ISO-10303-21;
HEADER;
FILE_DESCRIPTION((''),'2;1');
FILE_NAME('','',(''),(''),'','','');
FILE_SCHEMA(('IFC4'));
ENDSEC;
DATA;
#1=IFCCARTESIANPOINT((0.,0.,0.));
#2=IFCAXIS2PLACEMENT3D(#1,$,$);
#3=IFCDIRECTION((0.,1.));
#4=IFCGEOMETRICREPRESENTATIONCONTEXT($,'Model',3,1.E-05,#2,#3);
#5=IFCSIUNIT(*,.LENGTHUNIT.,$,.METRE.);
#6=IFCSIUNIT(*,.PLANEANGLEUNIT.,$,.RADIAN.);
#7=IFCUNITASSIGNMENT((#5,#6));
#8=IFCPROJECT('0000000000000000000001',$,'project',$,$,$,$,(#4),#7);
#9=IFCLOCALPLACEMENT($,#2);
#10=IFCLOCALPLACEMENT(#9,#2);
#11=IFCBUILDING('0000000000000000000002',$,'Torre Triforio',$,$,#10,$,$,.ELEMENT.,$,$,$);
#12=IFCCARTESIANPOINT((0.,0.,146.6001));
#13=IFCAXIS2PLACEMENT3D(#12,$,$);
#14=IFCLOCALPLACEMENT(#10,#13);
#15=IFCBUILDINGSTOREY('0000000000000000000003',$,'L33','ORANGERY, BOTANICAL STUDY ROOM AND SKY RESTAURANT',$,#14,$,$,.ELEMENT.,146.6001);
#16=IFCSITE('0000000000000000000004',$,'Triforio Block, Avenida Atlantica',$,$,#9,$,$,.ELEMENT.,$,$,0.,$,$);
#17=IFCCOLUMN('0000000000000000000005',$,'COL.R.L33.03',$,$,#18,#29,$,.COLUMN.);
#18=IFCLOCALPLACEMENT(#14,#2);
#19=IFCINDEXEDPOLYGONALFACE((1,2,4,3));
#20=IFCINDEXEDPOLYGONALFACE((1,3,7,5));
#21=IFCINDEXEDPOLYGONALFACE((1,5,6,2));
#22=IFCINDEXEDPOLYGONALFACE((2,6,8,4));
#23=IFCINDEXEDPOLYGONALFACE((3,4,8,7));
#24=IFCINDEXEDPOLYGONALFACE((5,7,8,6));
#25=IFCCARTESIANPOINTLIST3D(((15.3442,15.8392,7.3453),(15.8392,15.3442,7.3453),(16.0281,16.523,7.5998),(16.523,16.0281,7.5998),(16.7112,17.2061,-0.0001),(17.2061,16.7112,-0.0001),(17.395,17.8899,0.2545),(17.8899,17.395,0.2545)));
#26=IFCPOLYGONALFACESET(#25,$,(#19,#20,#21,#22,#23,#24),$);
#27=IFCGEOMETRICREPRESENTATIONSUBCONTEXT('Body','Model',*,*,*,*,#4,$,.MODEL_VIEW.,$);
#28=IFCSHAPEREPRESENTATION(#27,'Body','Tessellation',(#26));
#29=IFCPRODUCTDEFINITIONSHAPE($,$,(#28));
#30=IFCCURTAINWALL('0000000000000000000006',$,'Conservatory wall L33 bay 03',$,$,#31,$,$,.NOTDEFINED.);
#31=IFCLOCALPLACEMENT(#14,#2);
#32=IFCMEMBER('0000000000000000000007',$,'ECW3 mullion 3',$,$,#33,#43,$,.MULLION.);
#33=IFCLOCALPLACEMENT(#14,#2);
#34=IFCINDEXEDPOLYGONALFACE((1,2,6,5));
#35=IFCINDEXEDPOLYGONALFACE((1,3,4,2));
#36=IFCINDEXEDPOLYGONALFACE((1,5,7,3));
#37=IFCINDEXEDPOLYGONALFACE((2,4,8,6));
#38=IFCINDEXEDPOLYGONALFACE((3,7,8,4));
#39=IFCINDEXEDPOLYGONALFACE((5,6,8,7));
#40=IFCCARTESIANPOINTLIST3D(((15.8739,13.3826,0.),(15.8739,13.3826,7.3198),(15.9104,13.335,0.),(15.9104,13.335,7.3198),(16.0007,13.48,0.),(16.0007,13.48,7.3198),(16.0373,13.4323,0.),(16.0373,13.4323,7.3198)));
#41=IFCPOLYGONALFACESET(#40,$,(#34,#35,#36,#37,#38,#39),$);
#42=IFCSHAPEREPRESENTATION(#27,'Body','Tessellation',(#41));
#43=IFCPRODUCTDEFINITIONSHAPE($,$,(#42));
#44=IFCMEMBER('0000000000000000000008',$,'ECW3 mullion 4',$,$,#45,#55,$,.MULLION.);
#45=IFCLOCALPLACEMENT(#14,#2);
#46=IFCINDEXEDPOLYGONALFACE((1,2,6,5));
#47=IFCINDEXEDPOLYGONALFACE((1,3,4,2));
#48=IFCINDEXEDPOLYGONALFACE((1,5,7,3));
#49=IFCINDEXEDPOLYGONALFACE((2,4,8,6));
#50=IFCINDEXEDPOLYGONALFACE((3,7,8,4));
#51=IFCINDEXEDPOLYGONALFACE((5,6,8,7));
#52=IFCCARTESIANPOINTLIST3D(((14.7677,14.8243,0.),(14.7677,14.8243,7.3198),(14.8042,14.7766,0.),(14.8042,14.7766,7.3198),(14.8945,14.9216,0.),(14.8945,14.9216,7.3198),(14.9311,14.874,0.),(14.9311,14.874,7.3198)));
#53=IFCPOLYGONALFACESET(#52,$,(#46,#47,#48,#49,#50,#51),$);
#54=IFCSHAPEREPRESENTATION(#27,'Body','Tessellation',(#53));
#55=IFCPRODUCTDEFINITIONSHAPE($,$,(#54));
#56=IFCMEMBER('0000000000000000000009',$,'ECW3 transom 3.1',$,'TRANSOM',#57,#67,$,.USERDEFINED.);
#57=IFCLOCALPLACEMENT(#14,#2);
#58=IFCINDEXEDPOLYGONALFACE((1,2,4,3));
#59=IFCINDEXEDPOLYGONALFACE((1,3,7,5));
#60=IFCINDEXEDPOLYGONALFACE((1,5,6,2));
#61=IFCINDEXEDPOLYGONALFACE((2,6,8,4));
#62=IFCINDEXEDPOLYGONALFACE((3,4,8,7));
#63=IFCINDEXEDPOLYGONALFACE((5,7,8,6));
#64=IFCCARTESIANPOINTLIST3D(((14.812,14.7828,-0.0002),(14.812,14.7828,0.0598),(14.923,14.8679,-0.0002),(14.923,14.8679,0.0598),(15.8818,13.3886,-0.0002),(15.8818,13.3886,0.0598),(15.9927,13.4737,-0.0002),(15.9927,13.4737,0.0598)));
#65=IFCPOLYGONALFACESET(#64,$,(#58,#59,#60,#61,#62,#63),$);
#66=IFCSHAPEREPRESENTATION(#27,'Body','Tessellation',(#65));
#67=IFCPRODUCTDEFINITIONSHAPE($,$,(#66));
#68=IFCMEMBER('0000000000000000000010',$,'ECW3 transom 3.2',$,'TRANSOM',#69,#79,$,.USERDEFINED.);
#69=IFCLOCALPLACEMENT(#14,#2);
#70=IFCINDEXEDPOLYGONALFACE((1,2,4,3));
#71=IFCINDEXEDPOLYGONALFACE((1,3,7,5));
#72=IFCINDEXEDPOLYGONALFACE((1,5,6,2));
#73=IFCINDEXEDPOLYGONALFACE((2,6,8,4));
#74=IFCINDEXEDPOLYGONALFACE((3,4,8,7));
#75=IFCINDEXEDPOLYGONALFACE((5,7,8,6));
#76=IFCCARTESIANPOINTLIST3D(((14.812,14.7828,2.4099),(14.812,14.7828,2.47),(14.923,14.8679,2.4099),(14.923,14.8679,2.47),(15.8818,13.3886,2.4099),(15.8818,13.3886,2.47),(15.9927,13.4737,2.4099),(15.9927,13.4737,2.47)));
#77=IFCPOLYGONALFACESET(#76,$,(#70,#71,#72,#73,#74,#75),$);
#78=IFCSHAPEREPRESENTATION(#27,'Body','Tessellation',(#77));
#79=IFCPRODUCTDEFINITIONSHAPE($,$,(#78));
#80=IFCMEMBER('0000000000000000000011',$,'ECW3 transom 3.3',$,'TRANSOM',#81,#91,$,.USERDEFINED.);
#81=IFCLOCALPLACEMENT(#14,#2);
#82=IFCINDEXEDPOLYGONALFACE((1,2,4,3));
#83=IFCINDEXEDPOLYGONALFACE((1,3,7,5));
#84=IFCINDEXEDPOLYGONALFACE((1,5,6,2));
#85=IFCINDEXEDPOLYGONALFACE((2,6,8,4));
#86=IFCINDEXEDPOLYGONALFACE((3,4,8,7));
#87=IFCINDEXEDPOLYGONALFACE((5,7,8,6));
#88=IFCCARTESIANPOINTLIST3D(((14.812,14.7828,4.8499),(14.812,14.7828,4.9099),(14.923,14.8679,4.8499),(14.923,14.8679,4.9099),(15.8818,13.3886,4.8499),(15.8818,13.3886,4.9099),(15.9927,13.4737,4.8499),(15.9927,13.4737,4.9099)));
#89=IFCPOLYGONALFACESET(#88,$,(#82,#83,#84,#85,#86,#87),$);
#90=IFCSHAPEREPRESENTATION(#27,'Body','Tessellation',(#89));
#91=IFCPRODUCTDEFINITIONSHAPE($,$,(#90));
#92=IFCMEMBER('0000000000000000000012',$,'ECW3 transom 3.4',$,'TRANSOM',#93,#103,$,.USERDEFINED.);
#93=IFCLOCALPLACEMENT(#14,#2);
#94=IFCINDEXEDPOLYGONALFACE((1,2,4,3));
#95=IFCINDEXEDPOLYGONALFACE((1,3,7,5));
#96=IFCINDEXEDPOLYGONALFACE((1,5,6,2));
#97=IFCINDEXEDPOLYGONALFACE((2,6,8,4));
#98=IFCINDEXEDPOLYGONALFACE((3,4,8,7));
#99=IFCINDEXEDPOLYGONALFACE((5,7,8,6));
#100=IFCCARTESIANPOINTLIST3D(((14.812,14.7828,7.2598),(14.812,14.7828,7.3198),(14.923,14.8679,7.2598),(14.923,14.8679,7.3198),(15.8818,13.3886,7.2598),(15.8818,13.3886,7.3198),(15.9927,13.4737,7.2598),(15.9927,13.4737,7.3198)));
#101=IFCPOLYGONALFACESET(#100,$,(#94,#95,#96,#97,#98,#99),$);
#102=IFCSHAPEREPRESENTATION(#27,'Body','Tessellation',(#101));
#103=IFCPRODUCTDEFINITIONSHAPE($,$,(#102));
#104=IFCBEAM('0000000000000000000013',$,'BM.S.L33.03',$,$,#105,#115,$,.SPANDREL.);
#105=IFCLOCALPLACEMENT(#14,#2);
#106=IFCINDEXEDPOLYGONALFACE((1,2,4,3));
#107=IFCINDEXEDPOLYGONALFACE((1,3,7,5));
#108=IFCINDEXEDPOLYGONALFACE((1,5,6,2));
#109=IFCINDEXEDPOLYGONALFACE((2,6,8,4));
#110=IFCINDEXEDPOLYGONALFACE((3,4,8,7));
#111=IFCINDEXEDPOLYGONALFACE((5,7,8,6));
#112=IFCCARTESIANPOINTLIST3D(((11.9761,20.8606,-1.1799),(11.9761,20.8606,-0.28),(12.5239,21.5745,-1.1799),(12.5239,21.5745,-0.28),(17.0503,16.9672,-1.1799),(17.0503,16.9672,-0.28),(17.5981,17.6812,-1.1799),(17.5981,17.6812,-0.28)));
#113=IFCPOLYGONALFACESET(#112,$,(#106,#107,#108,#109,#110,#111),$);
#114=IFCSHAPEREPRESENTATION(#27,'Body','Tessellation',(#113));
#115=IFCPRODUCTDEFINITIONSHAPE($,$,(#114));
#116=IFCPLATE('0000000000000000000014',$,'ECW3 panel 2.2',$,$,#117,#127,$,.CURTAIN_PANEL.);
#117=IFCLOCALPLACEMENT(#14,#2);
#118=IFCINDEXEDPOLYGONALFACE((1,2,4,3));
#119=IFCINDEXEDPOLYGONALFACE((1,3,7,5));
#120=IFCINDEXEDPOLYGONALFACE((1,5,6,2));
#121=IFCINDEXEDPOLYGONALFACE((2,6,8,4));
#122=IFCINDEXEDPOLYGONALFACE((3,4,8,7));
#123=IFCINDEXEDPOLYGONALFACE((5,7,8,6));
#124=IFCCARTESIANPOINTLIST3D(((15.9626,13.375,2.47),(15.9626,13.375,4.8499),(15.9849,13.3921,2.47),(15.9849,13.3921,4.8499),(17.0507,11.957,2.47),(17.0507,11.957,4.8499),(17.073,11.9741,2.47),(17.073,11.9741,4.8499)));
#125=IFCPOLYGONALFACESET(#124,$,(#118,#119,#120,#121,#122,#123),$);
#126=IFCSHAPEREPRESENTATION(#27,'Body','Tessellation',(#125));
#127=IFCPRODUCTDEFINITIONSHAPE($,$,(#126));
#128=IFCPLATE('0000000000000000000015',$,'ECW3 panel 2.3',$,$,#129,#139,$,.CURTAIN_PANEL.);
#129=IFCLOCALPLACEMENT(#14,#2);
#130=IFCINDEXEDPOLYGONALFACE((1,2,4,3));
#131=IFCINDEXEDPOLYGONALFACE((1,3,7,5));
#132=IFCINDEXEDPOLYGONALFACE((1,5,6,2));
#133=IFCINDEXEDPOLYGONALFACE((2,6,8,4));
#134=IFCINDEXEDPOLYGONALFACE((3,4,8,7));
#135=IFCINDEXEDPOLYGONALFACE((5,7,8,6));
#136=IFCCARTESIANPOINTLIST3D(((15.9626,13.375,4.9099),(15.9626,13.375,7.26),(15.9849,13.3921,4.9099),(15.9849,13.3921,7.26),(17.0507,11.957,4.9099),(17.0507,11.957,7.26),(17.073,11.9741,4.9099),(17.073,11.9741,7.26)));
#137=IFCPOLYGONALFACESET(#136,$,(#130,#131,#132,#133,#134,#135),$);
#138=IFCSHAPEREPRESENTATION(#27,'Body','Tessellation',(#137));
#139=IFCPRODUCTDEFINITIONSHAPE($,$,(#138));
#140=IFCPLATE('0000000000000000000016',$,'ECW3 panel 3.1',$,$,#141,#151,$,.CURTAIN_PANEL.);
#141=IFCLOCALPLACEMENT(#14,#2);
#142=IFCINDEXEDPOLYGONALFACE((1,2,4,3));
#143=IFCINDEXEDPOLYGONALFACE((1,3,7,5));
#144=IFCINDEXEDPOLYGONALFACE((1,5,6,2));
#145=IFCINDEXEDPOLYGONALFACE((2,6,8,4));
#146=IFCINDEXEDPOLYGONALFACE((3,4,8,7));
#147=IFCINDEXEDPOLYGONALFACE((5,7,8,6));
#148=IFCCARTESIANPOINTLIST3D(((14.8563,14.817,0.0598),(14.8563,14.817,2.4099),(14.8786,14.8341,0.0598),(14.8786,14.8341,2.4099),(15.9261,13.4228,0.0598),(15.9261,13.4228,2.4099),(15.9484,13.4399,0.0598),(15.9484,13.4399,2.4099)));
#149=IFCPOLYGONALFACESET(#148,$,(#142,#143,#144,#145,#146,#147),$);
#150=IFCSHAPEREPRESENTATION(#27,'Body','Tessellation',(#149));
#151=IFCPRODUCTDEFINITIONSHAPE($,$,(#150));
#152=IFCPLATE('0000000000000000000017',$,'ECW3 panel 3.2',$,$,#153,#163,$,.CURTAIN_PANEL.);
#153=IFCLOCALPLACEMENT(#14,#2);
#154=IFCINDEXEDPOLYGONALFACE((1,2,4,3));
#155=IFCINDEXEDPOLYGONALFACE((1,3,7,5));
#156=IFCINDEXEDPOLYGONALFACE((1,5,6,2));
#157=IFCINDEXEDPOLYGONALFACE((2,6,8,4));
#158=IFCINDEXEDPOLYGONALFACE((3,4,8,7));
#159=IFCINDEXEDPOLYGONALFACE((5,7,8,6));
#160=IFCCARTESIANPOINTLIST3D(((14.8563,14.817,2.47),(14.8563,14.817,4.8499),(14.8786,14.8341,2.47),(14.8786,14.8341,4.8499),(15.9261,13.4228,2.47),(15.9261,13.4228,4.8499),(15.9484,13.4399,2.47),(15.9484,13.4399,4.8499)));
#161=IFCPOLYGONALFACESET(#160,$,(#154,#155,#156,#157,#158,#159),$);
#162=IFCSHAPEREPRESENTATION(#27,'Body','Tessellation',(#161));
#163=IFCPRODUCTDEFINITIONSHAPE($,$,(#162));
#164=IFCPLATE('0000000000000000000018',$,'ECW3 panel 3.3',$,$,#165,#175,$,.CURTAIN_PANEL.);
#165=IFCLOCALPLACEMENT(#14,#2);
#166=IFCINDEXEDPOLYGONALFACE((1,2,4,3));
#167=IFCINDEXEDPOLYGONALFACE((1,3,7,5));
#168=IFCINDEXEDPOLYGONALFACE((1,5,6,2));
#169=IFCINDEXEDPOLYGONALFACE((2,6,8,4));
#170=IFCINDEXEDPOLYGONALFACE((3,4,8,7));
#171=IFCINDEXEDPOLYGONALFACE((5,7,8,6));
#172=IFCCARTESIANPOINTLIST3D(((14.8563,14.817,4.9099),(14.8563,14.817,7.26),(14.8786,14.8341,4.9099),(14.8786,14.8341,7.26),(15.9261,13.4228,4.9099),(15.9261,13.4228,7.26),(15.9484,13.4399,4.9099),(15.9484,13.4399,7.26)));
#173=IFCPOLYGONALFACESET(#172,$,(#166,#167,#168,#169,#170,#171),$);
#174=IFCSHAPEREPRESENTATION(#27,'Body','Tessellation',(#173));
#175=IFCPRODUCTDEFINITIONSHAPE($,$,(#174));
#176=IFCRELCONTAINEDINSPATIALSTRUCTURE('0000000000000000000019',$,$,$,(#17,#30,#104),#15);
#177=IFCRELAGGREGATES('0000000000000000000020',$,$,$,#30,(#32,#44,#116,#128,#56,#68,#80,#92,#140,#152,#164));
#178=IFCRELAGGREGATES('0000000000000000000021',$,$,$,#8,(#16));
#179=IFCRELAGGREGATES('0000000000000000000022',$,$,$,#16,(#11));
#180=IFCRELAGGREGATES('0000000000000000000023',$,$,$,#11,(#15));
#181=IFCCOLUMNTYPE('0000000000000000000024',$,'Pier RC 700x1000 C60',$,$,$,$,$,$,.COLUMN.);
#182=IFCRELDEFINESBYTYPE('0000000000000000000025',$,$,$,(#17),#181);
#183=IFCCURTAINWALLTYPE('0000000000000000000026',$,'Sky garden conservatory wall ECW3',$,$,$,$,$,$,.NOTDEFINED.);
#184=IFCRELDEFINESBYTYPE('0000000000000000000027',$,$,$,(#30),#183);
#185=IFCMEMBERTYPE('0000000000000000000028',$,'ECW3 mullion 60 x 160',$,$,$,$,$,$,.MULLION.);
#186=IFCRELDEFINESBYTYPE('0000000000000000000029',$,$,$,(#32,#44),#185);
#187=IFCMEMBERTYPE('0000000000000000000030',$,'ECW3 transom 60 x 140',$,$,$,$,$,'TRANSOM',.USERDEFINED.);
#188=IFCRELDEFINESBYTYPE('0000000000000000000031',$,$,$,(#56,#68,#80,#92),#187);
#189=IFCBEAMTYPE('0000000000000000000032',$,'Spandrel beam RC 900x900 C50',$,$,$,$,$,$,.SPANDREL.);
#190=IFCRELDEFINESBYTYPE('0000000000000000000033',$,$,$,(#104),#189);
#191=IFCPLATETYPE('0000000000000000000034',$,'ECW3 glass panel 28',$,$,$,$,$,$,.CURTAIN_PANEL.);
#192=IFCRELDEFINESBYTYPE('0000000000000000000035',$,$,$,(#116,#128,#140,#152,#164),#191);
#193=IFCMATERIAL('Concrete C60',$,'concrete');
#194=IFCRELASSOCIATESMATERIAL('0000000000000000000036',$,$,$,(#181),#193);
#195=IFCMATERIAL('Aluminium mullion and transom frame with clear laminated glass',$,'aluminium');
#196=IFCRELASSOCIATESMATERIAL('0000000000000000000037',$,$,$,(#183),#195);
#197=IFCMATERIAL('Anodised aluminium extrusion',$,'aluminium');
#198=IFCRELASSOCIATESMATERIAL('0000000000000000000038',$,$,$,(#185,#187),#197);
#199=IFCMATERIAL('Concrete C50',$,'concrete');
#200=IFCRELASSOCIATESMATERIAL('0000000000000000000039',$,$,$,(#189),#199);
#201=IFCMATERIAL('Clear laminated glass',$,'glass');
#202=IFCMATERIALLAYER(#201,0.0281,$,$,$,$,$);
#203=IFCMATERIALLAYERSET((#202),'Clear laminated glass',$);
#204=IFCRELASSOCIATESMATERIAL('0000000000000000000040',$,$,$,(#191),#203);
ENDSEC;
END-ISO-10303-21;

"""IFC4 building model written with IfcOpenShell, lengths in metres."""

from ifc_helpers import new_model, si_unit, direction, frame, origin, origin_2d, place, context, subcontext, project, spatial, rectangle, extrude, material, layer, layer_set, material_profile, profile_set, type_object, element, aggregate, save


model = new_model("IFC4")

# Units and contexts
model_context = context("Model", 3, precision=1e-05, world=origin(), true_north=direction((0.0, 1.0)))
body_context = subcontext(model_context, "Body", "Model", "MODEL_VIEW")
ifc_project = project(units=[si_unit("LENGTHUNIT", "METRE"), si_unit("PLANEANGLEUNIT", "RADIAN")], contexts=[model_context])

# Site, building, storey
site_placement = place(None, origin())
site = spatial("IfcSite", under=ifc_project, at=site_placement, Name="Triforio Block, Avenida Atlantica", CompositionType="ELEMENT", RefElevation=0.0)
building_placement = place(site_placement, origin())
building = spatial("IfcBuilding", under=site, at=building_placement, Name="Torre Triforio", CompositionType="ELEMENT")
storey_placement = place(building_placement, frame((0.0, 0.0, 146.6001)))
storey = spatial("IfcBuildingStorey", under=building, at=storey_placement, Name="L33", Description="ORANGERY, BOTANICAL STUDY ROOM AND SKY RESTAURANT", CompositionType="ELEMENT", Elevation=146.6001)

# Column
ifc_material_1 = material(Name="Concrete C60", Category="concrete")
ifc_material_profile_1 = material_profile(ifc_material_1, rectangle(XDim=0.7, YDim=1.0, at=origin_2d()), Name="RC 700x1000")
ifc_profile_set_1 = profile_set([ifc_material_profile_1], Name="Concrete C60")
column_type = type_object("IfcColumnType", Name="Pier RC 700x1000 C60", PredefinedType="COLUMN", material=ifc_profile_set_1)
column_placement = place(storey_placement, frame((17.3005, 17.3005, 0.1272), z_axis=(-0.179966, -0.179966, 0.96707), x_axis=(0.707107, -0.707107, 0.0)))
element("IfcColumn", 1, at=column_placement, inside=storey, type_object=column_type, Name="COL.R.L33.03", PredefinedType="COLUMN", context=body_context, shape_type="SweptSolid", body=[
    extrude(rectangle(XDim=0.7, YDim=1.0, at=origin_2d()), origin(), (0.0, 0.0, 1.0), 7.5955),
])

# Curtain wall, members
ifc_material_2 = material(Name="Aluminium mullion and transom frame with clear laminated glass", Category="aluminium")
curtain_wall_type = type_object("IfcCurtainWallType", Name="Sky garden conservatory wall ECW3", PredefinedType="NOTDEFINED", material=ifc_material_2)
curtain_wall_placement = place(storey_placement, origin())
curtain_wall = element("IfcCurtainWall", 2, at=curtain_wall_placement, inside=storey, type_object=curtain_wall_type, Name="Conservatory wall L33 bay 03", PredefinedType="NOTDEFINED")
ifc_material_3 = material(Name="Anodised aluminium extrusion", Category="aluminium")
ifc_material_profile_2 = material_profile(ifc_material_3, rectangle(XDim=0.1599, YDim=0.0601, at=origin_2d()), Name="ECW3 MULLION 60x160")
ifc_profile_set_2 = profile_set([ifc_material_profile_2], Name="Anodised aluminium extrusion")
member_type_1 = type_object("IfcMemberType", Name="ECW3 mullion 60 x 160", PredefinedType="MULLION", material=ifc_profile_set_2)
member_1_placement = place(storey_placement, frame((15.9556, 13.4075, 0.0), z_axis=(0.0, 0.0, 1.0), x_axis=(-0.793352, -0.608763, 0.0)))
member_1 = element("IfcMember", 3, at=member_1_placement, type_object=member_type_1, Name="ECW3 mullion 3", PredefinedType="MULLION", context=body_context, shape_type="SweptSolid", body=[
    extrude(rectangle(XDim=0.1599, YDim=0.0601, at=origin_2d()), origin(), (0.0, 0.0, 1.0), 7.3198),
])
member_2_placement = place(storey_placement, frame((14.8494, 14.8491, 0.0), z_axis=(0.0, 0.0, 1.0), x_axis=(-0.793352, -0.608763, 0.0)))
member_2 = element("IfcMember", 4, at=member_2_placement, type_object=member_type_1, Name="ECW3 mullion 4", PredefinedType="MULLION", context=body_context, shape_type="SweptSolid", body=[
    extrude(rectangle(XDim=0.1599, YDim=0.0601, at=origin_2d()), origin(), (0.0, 0.0, 1.0), 7.3198),
])
ifc_material_profile_3 = material_profile(ifc_material_3, rectangle(XDim=0.1399, YDim=0.0601, at=origin_2d()), Name="ECW3 TRANSOM 60x140")
ifc_profile_set_3 = profile_set([ifc_material_profile_3], Name="Anodised aluminium extrusion")
member_type_2 = type_object("IfcMemberType", Name="ECW3 transom 60 x 140", ElementType="TRANSOM", PredefinedType="USERDEFINED", material=ifc_profile_set_3)
member_3_placement = place(storey_placement, frame((15.9373, 13.4312, 0.0298), z_axis=(-0.608744, 0.793367, 0.0), x_axis=(-0.793367, -0.608744, 0.0)))
member_3 = element("IfcMember", 5, at=member_3_placement, type_object=member_type_2, Name="ECW3 transom 3.1", ObjectType="TRANSOM", PredefinedType="USERDEFINED", context=body_context, shape_type="SweptSolid", body=[
    extrude(rectangle(XDim=0.1399, YDim=0.0601, at=origin_2d()), origin(), (0.0, 0.0, 1.0), 1.7573),
])
member_4_placement = place(storey_placement, frame((15.9373, 13.4312, 2.4399), z_axis=(-0.608744, 0.793367, 0.0), x_axis=(-0.793367, -0.608744, 0.0)))
member_4 = element("IfcMember", 6, at=member_4_placement, type_object=member_type_2, Name="ECW3 transom 3.2", ObjectType="TRANSOM", PredefinedType="USERDEFINED", context=body_context, shape_type="SweptSolid", body=[
    extrude(rectangle(XDim=0.1399, YDim=0.0601, at=origin_2d()), origin(), (0.0, 0.0, 1.0), 1.7573),
])
member_5_placement = place(storey_placement, frame((15.9373, 13.4312, 4.8799), z_axis=(-0.608744, 0.793367, 0.0), x_axis=(-0.793367, -0.608744, 0.0)))
member_5 = element("IfcMember", 7, at=member_5_placement, type_object=member_type_2, Name="ECW3 transom 3.3", ObjectType="TRANSOM", PredefinedType="USERDEFINED", context=body_context, shape_type="SweptSolid", body=[
    extrude(rectangle(XDim=0.1399, YDim=0.0601, at=origin_2d()), origin(), (0.0, 0.0, 1.0), 1.7573),
])
member_6_placement = place(storey_placement, frame((15.9373, 13.4312, 7.2898), z_axis=(-0.608744, 0.793367, 0.0), x_axis=(-0.793367, -0.608744, 0.0)))
member_6 = element("IfcMember", 8, at=member_6_placement, type_object=member_type_2, Name="ECW3 transom 3.4", ObjectType="TRANSOM", PredefinedType="USERDEFINED", context=body_context, shape_type="SweptSolid", body=[
    extrude(rectangle(XDim=0.1399, YDim=0.0601, at=origin_2d()), origin(), (0.0, 0.0, 1.0), 1.7573),
])

# Beam
ifc_material_4 = material(Name="Concrete C50", Category="concrete")
ifc_material_profile_4 = material_profile(ifc_material_4, rectangle(XDim=0.8999, YDim=0.8999, at=origin_2d()), Name="RC 900x900")
ifc_profile_set_4 = profile_set([ifc_material_profile_4], Name="Concrete C50")
beam_type = type_object("IfcBeamType", Name="Spandrel beam RC 900x900 C50", PredefinedType="SPANDREL", material=ifc_profile_set_4)
beam_placement = place(storey_placement, frame((17.3242, 17.3242, -0.73), z_axis=(-0.793374, 0.608734, 0.0), x_axis=(-0.608734, -0.793374, 0.0)))
element("IfcBeam", 9, at=beam_placement, inside=storey, type_object=beam_type, Name="BM.S.L33.03", PredefinedType="SPANDREL", context=body_context, shape_type="SweptSolid", body=[
    extrude(rectangle(XDim=0.8999, YDim=0.8999, at=origin_2d()), origin(), (0.0, 0.0, 1.0), 6.3958),
])

# Plates
ifc_material_5 = material(Name="Clear laminated glass", Category="glass")
ifc_layer_1 = layer(ifc_material_5, 0.0281)
ifc_layer_set_1 = layer_set([ifc_layer_1], Name="Clear laminated glass")
plate_type = type_object("IfcPlateType", Name="ECW3 glass panel 28", PredefinedType="CURTAIN_PANEL", material=ifc_layer_set_1)
plate_1_placement = place(storey_placement, frame((16.5178, 12.6746, 2.47), z_axis=(0.0, 0.0, 1.0), x_axis=(-0.608763, 0.793352, 0.0)))
plate_1 = element("IfcPlate", 10, at=plate_1_placement, type_object=plate_type, Name="ECW3 panel 2.2", PredefinedType="CURTAIN_PANEL", context=body_context, shape_type="SweptSolid", body=[
    extrude(rectangle(XDim=1.7874, YDim=0.0281, at=origin_2d()), origin(), (0.0, 0.0, 1.0), 2.3799),
])
plate_2_placement = place(storey_placement, frame((16.5178, 12.6746, 4.9099), z_axis=(0.0, 0.0, 1.0), x_axis=(-0.608763, 0.793352, 0.0)))
plate_2 = element("IfcPlate", 11, at=plate_2_placement, type_object=plate_type, Name="ECW3 panel 2.3", PredefinedType="CURTAIN_PANEL", context=body_context, shape_type="SweptSolid", body=[
    extrude(rectangle(XDim=1.7874, YDim=0.0281, at=origin_2d()), origin(), (0.0, 0.0, 1.0), 2.3501),
])
plate_3_placement = place(storey_placement, frame((15.4023, 14.1284, 0.0598), z_axis=(0.0, 0.0, 1.0), x_axis=(-0.608763, 0.793352, 0.0)))
plate_3 = element("IfcPlate", 12, at=plate_3_placement, type_object=plate_type, Name="ECW3 panel 3.1", PredefinedType="CURTAIN_PANEL", context=body_context, shape_type="SweptSolid", body=[
    extrude(rectangle(XDim=1.7573, YDim=0.0281, at=origin_2d()), origin(), (0.0, 0.0, 1.0), 2.3501),
])
plate_4_placement = place(storey_placement, frame((15.4023, 14.1284, 2.47), z_axis=(0.0, 0.0, 1.0), x_axis=(-0.608763, 0.793352, 0.0)))
plate_4 = element("IfcPlate", 13, at=plate_4_placement, type_object=plate_type, Name="ECW3 panel 3.2", PredefinedType="CURTAIN_PANEL", context=body_context, shape_type="SweptSolid", body=[
    extrude(rectangle(XDim=1.7573, YDim=0.0281, at=origin_2d()), origin(), (0.0, 0.0, 1.0), 2.3799),
])
plate_5_placement = place(storey_placement, frame((15.4023, 14.1284, 4.9099), z_axis=(0.0, 0.0, 1.0), x_axis=(-0.608763, 0.793352, 0.0)))
plate_5 = element("IfcPlate", 14, at=plate_5_placement, type_object=plate_type, Name="ECW3 panel 3.3", PredefinedType="CURTAIN_PANEL", context=body_context, shape_type="SweptSolid", body=[
    extrude(rectangle(XDim=1.7573, YDim=0.0281, at=origin_2d()), origin(), (0.0, 0.0, 1.0), 2.3501),
])
aggregate(curtain_wall, [member_1, member_2, plate_1, plate_2, member_3, member_4, member_5, member_6, plate_3, plate_4, plate_5])

save(model, "model.ifc")
